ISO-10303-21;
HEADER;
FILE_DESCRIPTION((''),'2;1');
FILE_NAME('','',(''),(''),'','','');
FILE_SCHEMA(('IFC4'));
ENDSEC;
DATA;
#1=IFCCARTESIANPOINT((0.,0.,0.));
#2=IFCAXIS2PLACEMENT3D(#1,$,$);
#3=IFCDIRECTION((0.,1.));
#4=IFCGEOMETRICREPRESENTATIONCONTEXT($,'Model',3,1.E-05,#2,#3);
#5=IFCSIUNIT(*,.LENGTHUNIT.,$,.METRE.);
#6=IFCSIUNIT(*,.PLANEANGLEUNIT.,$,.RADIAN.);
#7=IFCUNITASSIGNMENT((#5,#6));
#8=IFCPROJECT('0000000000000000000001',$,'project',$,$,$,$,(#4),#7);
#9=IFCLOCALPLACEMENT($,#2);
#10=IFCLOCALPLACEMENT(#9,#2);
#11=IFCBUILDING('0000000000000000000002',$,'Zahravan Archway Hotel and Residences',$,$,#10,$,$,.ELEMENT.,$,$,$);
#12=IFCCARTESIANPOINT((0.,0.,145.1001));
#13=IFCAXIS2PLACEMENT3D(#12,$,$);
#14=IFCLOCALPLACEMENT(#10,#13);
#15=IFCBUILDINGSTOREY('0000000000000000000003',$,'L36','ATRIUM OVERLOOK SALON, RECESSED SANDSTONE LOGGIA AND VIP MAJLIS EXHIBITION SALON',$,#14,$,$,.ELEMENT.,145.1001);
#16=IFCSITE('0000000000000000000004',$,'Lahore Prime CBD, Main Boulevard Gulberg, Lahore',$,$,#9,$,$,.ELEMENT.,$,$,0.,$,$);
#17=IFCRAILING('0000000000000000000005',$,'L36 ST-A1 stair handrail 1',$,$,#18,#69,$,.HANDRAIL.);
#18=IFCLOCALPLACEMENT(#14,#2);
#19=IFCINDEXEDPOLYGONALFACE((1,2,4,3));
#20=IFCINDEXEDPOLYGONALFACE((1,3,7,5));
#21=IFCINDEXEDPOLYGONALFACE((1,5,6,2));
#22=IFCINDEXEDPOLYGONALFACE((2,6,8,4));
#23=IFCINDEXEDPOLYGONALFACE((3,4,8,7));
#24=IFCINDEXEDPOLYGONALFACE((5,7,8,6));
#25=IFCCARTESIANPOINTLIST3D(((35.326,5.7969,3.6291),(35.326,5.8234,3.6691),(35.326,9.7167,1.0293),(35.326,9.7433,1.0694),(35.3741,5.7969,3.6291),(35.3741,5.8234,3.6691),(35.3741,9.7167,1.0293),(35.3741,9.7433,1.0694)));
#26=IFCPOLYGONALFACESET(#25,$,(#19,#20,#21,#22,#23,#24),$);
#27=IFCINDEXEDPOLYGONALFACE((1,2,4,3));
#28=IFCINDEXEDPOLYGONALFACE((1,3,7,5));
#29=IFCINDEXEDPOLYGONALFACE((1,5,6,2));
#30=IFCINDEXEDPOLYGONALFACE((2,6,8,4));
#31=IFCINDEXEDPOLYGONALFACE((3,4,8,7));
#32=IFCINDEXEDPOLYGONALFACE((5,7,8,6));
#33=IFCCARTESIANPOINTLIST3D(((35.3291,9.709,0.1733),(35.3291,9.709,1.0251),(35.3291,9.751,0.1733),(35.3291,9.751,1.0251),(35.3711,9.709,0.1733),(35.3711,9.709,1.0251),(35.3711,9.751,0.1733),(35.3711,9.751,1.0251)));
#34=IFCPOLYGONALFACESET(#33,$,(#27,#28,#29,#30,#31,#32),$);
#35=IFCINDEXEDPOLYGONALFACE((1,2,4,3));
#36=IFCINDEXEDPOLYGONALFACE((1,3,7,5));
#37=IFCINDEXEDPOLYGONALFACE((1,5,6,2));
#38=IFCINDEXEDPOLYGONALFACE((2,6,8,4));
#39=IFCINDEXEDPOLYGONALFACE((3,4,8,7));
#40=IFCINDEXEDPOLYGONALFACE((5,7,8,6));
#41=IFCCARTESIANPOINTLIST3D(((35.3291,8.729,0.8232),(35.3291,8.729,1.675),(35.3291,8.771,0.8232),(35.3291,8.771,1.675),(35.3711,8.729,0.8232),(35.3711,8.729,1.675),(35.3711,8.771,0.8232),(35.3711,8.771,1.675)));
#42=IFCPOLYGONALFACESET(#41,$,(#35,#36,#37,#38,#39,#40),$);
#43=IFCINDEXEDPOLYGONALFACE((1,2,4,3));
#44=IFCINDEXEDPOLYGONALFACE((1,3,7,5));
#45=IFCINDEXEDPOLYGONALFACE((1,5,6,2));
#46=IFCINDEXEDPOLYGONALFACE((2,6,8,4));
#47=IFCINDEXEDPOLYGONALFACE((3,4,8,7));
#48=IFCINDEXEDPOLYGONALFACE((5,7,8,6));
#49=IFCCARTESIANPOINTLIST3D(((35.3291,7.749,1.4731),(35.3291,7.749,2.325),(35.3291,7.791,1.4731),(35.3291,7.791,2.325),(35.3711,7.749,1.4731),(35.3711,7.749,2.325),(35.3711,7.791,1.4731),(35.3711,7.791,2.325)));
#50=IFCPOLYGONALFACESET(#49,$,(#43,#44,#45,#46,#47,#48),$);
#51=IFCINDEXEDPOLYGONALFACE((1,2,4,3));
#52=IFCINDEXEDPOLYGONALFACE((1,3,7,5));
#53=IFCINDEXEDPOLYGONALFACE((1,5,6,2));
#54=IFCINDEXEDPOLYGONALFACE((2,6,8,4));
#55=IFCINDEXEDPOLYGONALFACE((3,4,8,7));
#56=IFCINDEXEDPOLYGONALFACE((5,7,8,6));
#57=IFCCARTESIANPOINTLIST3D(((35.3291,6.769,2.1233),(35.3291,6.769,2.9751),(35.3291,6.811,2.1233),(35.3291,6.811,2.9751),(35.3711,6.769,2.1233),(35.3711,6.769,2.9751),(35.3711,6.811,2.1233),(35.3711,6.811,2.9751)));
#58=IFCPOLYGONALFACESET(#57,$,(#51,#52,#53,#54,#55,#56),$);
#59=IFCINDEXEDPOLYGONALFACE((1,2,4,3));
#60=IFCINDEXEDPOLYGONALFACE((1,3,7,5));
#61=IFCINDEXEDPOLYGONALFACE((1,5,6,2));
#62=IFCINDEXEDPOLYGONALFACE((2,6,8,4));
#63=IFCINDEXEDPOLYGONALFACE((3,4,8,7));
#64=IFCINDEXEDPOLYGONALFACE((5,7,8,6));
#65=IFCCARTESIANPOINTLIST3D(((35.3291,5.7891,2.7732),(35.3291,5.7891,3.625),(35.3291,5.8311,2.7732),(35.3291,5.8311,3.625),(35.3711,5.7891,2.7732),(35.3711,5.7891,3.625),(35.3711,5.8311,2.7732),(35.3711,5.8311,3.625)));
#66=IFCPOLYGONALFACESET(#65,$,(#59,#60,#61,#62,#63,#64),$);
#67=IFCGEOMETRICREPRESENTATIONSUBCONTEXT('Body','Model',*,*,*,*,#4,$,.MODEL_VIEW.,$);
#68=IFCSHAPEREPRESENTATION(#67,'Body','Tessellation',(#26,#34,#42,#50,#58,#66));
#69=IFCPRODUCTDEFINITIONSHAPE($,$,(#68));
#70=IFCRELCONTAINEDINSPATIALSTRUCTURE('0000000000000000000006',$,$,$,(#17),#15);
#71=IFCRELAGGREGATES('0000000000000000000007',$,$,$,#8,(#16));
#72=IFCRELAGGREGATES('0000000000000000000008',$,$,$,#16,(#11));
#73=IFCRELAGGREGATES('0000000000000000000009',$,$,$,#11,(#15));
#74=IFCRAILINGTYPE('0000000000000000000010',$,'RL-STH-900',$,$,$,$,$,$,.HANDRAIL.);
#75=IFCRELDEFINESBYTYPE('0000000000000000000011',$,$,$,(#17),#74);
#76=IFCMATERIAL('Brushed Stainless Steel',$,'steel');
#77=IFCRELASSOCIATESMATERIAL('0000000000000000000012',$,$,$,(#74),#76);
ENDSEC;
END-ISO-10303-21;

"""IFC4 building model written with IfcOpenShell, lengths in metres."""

from ifc_helpers import new_model, si_unit, direction, frame, origin, origin_2d, place, context, subcontext, project, spatial, rectangle, extrude, material, type_object, element, save


model = new_model("IFC4")

# Units and contexts
model_context = context("Model", 3, precision=1e-05, world=origin(), true_north=direction((0.0, 1.0)))
body_context = subcontext(model_context, "Body", "Model", "MODEL_VIEW")
ifc_project = project(units=[si_unit("LENGTHUNIT", "METRE"), si_unit("PLANEANGLEUNIT", "RADIAN")], contexts=[model_context])

# Site, building, storey
site_placement = place(None, origin())
site = spatial("IfcSite", under=ifc_project, at=site_placement, Name="Lahore Prime CBD, Main Boulevard Gulberg, Lahore", CompositionType="ELEMENT", RefElevation=0.0)
building_placement = place(site_placement, origin())
building = spatial("IfcBuilding", under=site, at=building_placement, Name="Zahravan Archway Hotel and Residences", CompositionType="ELEMENT")
storey_placement = place(building_placement, frame((0.0, 0.0, 145.1001)))
storey = spatial("IfcBuildingStorey", under=building, at=storey_placement, Name="L36", Description="ATRIUM OVERLOOK SALON, RECESSED SANDSTONE LOGGIA AND VIP MAJLIS EXHIBITION SALON", CompositionType="ELEMENT", Elevation=145.1001)

# Shared definitions
ifc_material_1 = material(Name="Brushed Stainless Steel", Category="steel")

# Railing
railing_type = type_object("IfcRailingType", Name="RL-STH-900", PredefinedType="HANDRAIL", material=ifc_material_1)
railing_placement = place(storey_placement, frame((35.3501, 9.73, 0.1733)))
element("IfcRailing", 1, at=railing_placement, inside=storey, type_object=railing_type, Name="L36 ST-A1 stair handrail 1", PredefinedType="HANDRAIL", context=body_context, shape_type="SweptSolid", body=[
    extrude(rectangle(XDim=0.0481, YDim=0.0481, at=origin_2d()), frame((0.0, 0.0, 0.876), z_axis=(0.0, -0.833366, 0.552722), x_axis=(1.0, 0.0, 0.0)), (0.0, 0.0, 1.0), 4.7036),
    extrude(rectangle(XDim=0.042, YDim=0.042, at=origin_2d()), origin(), (0.0, 0.0, 1.0), 0.8518),
    extrude(rectangle(XDim=0.042, YDim=0.042, at=origin_2d()), frame((0.0, -0.98, 0.6499)), (0.0, 0.0, 1.0), 0.8518),
    extrude(rectangle(XDim=0.042, YDim=0.042, at=origin_2d()), frame((0.0, -1.96, 1.2998)), (0.0, 0.0, 1.0), 0.8518),
    extrude(rectangle(XDim=0.042, YDim=0.042, at=origin_2d()), frame((0.0, -2.9399, 1.95)), (0.0, 0.0, 1.0), 0.8518),
    extrude(rectangle(XDim=0.042, YDim=0.042, at=origin_2d()), frame((0.0, -3.9199, 2.5999)), (0.0, 0.0, 1.0), 0.8518),
])

save(model, "model.ifc")
